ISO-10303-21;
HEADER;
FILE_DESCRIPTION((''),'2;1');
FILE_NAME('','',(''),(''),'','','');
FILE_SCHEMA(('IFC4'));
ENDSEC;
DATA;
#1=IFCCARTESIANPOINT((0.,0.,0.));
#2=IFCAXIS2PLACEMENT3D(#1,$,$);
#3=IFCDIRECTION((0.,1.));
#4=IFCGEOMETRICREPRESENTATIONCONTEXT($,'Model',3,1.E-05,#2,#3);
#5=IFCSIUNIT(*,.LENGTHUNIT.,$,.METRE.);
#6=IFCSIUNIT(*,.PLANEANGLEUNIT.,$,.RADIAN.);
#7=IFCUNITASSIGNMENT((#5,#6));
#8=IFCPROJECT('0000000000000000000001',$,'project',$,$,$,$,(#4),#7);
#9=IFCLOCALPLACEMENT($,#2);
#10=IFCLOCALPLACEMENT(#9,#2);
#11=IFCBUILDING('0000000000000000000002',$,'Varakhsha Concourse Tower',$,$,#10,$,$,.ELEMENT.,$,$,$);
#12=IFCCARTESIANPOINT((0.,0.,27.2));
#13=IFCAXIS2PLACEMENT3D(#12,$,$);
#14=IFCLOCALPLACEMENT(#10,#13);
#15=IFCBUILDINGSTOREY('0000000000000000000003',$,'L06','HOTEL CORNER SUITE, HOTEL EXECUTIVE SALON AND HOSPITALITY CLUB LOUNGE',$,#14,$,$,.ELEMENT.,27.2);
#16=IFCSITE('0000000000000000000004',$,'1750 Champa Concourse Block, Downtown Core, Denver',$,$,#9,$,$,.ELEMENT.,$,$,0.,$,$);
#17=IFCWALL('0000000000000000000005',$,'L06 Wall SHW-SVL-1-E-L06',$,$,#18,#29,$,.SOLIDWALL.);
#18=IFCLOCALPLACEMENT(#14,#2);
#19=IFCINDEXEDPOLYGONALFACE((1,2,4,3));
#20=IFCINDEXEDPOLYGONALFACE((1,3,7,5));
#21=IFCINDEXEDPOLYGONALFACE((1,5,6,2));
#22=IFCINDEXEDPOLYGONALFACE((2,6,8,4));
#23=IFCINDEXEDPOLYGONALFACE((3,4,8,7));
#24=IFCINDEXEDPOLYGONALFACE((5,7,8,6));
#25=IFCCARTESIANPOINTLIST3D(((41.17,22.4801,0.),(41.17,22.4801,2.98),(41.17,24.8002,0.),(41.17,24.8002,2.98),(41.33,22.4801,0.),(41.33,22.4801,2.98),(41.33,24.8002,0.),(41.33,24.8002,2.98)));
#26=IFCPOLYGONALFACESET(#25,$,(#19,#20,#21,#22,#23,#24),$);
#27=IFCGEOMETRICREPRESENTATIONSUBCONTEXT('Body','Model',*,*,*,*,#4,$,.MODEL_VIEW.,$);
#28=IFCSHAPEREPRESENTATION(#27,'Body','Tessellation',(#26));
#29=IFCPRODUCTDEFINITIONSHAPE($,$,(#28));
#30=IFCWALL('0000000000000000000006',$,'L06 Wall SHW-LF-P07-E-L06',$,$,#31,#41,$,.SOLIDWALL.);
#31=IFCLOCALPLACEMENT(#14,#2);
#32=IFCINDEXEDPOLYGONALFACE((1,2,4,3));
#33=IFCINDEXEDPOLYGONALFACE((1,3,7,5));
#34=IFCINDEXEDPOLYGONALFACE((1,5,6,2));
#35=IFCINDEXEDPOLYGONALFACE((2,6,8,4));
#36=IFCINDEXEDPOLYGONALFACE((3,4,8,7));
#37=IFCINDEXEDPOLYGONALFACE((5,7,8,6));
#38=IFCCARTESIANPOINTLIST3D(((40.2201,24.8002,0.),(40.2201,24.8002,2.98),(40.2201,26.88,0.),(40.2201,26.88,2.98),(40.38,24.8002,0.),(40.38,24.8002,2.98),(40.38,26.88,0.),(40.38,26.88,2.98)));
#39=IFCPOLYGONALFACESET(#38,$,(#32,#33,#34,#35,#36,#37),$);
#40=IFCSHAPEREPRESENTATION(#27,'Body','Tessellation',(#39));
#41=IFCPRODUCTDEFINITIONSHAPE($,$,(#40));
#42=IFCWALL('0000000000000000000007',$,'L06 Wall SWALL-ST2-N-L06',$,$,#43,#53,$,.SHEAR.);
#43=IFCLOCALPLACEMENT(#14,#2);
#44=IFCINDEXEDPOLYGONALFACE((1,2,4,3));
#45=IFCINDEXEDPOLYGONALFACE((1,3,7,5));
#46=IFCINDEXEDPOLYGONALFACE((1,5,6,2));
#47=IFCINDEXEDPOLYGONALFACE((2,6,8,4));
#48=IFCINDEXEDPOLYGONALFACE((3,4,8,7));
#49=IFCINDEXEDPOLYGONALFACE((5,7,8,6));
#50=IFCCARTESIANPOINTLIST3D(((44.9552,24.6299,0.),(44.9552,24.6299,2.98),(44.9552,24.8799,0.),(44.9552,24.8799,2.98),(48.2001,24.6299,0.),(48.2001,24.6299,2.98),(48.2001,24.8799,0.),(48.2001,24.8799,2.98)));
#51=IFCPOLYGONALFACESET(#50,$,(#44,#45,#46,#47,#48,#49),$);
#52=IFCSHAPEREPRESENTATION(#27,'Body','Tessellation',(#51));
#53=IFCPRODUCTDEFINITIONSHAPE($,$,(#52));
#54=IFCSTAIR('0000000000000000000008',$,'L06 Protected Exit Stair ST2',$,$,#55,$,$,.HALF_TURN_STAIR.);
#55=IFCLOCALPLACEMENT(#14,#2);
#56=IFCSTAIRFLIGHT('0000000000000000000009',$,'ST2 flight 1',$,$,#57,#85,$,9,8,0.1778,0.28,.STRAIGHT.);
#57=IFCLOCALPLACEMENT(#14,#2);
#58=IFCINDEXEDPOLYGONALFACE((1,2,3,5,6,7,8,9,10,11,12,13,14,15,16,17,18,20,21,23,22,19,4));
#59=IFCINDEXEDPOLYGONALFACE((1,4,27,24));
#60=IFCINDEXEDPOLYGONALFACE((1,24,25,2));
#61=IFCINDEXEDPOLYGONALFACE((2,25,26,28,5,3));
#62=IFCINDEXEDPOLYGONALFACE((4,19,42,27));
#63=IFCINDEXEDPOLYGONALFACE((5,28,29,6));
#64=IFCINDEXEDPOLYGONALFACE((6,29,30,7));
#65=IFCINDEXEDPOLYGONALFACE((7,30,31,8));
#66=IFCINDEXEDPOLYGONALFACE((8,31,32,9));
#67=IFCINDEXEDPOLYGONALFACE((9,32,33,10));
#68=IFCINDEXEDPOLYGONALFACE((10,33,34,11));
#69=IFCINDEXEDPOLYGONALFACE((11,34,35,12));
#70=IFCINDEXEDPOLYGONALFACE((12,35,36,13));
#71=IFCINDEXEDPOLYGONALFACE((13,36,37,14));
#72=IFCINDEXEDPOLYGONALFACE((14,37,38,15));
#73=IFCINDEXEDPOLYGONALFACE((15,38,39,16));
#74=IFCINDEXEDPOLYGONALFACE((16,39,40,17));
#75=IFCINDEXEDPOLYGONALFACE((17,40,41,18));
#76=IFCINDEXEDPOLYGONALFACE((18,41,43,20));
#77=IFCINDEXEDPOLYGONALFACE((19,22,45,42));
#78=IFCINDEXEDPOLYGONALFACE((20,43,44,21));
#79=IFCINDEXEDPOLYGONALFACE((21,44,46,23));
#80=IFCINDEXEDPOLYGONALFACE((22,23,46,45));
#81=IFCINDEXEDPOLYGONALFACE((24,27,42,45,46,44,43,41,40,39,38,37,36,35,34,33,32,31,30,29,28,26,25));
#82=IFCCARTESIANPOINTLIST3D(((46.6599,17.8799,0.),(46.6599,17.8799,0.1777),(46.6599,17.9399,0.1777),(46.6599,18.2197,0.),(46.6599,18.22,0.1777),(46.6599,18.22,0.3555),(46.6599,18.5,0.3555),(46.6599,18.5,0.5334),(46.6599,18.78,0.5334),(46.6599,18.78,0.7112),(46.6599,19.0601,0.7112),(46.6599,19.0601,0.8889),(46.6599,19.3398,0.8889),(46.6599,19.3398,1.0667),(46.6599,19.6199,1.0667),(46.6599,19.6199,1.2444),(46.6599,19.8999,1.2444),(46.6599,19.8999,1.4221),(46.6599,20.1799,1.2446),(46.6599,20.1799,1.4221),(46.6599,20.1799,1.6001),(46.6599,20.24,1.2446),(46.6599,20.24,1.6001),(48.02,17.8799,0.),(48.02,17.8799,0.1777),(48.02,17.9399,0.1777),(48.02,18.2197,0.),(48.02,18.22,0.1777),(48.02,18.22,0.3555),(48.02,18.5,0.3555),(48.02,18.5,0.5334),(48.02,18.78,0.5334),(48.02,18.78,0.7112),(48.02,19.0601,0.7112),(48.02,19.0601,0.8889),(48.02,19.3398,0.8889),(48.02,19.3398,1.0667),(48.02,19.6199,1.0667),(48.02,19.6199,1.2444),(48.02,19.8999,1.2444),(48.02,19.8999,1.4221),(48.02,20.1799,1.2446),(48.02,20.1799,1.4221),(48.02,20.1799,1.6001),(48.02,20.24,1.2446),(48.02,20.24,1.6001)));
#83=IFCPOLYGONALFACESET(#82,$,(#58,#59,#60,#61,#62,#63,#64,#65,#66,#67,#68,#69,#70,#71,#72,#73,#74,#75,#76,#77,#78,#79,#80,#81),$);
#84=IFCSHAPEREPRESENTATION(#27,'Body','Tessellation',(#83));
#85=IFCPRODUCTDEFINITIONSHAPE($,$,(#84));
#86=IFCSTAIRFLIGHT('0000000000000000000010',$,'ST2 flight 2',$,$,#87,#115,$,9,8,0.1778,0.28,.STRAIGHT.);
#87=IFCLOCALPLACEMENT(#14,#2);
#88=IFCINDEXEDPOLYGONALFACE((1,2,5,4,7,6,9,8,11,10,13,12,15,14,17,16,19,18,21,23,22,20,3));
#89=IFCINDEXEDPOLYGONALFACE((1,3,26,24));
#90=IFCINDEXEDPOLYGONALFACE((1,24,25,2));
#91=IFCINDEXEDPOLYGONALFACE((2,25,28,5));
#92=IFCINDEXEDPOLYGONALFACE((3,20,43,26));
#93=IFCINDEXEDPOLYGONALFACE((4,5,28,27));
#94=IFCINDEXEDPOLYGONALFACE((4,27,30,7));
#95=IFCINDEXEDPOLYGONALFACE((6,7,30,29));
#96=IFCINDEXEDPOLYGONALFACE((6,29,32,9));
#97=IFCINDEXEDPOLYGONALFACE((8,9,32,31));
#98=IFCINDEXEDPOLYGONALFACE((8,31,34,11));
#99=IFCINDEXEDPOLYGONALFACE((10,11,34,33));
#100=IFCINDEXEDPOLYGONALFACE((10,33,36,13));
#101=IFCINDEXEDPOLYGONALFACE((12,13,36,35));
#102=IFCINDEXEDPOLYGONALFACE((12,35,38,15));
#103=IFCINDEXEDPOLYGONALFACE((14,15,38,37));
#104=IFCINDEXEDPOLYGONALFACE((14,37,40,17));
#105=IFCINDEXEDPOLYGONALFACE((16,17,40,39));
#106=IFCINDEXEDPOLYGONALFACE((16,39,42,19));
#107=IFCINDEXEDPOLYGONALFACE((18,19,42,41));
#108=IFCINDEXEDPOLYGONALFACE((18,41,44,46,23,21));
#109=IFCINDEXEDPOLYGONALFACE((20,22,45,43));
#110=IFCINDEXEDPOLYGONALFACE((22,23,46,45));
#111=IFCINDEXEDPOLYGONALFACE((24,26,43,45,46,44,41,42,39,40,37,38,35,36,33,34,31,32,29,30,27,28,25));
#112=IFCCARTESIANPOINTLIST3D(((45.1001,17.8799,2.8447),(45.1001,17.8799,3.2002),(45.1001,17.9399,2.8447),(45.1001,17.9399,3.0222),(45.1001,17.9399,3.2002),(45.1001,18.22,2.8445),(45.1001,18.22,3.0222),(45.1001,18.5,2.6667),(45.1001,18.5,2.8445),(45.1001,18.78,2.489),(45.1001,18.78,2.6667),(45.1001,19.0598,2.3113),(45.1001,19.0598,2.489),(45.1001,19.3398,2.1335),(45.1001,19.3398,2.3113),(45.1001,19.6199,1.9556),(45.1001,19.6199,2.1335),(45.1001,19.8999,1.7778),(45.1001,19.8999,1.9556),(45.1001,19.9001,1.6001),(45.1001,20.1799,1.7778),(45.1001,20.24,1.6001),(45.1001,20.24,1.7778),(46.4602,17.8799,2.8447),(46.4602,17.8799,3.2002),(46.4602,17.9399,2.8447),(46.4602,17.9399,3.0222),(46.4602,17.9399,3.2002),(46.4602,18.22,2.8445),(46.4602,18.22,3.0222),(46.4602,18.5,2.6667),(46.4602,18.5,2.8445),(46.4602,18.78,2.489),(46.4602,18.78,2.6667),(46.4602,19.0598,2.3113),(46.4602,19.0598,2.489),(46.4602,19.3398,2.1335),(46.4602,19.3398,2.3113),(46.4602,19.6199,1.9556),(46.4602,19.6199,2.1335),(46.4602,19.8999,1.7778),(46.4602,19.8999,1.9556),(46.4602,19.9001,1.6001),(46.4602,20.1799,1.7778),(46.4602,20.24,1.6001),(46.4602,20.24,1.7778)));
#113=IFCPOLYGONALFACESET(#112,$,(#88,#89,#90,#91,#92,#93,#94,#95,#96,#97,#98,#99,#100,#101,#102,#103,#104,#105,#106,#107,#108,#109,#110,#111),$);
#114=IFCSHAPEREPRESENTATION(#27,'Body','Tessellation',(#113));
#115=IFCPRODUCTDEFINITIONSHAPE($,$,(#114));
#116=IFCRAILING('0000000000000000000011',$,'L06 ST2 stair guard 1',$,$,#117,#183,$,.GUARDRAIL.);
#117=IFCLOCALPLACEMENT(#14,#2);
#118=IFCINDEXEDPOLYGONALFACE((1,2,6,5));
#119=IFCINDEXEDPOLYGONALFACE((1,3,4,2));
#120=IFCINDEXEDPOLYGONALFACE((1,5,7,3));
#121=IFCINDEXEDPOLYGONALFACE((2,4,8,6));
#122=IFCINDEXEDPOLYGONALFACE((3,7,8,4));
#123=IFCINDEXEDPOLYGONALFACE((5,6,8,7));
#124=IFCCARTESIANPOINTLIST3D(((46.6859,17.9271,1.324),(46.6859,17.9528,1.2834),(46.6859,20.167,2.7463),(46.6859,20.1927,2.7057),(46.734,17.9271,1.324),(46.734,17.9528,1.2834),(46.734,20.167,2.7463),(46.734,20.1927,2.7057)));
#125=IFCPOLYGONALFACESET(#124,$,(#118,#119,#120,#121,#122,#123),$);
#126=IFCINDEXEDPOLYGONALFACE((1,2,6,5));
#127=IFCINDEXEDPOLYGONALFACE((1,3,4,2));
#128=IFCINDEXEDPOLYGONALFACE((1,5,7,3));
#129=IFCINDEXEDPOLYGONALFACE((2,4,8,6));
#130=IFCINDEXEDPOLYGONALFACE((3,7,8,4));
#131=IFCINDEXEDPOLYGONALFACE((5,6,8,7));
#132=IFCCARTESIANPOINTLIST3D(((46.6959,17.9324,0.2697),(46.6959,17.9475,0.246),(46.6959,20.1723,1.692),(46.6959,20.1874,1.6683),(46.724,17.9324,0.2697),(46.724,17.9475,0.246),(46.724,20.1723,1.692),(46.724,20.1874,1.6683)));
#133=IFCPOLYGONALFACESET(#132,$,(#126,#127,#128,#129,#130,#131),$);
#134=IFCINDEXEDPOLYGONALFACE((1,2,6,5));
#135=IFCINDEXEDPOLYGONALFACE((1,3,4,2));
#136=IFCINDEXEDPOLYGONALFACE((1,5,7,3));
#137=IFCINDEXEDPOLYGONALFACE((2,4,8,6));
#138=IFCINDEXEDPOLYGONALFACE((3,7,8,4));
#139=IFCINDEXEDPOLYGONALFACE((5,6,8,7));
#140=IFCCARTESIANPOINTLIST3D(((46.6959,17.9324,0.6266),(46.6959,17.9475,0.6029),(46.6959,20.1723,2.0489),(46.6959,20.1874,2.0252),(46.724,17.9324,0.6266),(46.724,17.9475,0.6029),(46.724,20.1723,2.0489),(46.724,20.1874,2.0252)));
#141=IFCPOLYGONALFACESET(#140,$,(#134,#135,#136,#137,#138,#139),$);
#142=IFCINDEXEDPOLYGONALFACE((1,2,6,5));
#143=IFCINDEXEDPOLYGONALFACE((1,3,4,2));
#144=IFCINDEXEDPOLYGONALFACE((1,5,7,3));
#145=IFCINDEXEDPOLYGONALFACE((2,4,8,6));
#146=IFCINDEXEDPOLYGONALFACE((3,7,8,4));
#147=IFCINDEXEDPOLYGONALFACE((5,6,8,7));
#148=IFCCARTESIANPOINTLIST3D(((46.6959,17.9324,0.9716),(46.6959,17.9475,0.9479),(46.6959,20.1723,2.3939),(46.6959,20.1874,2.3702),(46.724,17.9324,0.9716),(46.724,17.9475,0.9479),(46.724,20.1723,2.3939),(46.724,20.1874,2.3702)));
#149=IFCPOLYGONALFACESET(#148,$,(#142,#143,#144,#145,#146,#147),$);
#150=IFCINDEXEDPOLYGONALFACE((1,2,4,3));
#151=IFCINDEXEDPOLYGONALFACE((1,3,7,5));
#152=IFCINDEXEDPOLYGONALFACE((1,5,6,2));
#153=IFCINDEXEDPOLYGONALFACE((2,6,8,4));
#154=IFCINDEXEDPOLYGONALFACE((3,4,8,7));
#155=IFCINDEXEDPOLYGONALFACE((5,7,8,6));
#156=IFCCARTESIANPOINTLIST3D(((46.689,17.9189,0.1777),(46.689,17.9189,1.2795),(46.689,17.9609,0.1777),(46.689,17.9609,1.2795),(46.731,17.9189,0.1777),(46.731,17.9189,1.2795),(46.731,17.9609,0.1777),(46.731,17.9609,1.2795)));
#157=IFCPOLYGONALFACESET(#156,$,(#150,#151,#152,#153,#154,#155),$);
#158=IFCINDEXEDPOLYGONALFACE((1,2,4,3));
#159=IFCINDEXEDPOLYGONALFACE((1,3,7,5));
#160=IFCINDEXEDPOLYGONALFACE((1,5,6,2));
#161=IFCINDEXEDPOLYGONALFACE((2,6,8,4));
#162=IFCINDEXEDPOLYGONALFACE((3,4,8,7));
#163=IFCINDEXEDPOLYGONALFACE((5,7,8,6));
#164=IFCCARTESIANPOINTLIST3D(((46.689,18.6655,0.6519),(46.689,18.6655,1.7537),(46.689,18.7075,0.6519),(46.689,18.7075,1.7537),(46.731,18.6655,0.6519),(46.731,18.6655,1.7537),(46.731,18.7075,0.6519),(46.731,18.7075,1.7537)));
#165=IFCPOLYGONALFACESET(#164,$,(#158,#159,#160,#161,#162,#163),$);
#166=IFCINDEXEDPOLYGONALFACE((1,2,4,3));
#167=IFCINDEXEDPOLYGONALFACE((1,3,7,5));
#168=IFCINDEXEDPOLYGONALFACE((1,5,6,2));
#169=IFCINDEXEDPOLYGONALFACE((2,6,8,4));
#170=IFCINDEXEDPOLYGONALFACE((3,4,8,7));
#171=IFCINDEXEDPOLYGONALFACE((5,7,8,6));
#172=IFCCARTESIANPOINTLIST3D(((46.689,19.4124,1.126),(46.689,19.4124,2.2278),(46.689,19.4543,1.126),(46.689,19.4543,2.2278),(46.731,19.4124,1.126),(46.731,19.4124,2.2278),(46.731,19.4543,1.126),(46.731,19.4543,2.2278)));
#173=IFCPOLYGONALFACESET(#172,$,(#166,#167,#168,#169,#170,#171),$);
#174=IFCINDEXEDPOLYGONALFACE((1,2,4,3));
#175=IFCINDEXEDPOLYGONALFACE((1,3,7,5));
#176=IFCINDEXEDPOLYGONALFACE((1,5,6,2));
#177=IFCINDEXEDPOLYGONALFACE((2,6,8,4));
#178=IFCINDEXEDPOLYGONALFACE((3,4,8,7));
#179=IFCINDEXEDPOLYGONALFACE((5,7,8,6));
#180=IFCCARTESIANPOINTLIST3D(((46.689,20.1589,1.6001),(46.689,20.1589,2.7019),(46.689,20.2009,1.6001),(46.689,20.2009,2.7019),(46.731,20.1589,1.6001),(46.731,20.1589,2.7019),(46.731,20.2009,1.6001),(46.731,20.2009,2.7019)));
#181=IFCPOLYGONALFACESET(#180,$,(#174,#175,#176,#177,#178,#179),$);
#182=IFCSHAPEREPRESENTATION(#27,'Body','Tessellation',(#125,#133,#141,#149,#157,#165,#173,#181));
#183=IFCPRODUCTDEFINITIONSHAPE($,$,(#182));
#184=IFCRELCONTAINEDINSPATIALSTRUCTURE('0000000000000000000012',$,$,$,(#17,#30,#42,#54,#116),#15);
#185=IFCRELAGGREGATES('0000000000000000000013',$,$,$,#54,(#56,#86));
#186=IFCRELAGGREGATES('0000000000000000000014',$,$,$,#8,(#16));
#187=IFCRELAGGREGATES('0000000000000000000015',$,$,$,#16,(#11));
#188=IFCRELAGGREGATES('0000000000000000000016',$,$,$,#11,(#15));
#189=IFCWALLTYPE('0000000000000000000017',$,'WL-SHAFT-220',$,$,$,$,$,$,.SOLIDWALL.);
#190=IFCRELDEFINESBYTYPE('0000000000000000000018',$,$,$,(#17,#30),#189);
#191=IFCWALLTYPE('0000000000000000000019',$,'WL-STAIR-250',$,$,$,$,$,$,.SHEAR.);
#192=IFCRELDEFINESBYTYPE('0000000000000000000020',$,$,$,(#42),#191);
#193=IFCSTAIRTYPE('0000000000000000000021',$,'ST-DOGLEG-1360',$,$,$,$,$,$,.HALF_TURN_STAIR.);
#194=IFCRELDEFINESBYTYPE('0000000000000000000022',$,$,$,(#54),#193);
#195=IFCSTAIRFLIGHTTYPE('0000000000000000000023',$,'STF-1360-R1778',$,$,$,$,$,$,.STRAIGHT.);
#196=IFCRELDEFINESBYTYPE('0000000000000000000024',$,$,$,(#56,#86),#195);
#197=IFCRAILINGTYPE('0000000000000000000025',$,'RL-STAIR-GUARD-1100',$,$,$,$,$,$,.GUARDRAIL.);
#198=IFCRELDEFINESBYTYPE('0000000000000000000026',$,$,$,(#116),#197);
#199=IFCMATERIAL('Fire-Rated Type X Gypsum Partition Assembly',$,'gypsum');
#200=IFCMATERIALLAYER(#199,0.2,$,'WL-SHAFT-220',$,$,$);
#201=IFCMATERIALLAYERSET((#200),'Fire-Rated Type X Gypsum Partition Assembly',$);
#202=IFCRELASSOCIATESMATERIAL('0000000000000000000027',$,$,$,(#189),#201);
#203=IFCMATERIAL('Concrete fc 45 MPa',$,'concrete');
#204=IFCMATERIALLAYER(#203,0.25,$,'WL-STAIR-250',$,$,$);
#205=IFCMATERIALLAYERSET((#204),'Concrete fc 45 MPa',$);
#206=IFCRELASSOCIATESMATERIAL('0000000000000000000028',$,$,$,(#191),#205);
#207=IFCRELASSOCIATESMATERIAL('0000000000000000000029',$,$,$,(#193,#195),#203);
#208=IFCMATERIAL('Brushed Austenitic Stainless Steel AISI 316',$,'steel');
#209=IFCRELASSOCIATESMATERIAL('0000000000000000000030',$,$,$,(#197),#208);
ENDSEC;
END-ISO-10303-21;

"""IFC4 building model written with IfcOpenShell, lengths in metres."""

from ifc_helpers import new_model, si_unit, direction, frame, frame_2d, origin, origin_2d, place, context, subcontext, project, spatial, polyline, rectangle, outline, extrude, material, layer, layer_set, type_object, element, aggregate, save


model = new_model("IFC4")

# Units and contexts
model_context = context("Model", 3, precision=1e-05, world=origin(), true_north=direction((0.0, 1.0)))
body_context = subcontext(model_context, "Body", "Model", "MODEL_VIEW")
ifc_project = project(units=[si_unit("LENGTHUNIT", "METRE"), si_unit("PLANEANGLEUNIT", "RADIAN")], contexts=[model_context])

# Site, building, storey
site_placement = place(None, origin())
site = spatial("IfcSite", under=ifc_project, at=site_placement, Name="1750 Champa Concourse Block, Downtown Core, Denver", CompositionType="ELEMENT", RefElevation=0.0)
building_placement = place(site_placement, origin())
building = spatial("IfcBuilding", under=site, at=building_placement, Name="Varakhsha Concourse Tower", CompositionType="ELEMENT")
storey_placement = place(building_placement, frame((0.0, 0.0, 27.2)))
storey = spatial("IfcBuildingStorey", under=building, at=storey_placement, Name="L06", Description="HOTEL CORNER SUITE, HOTEL EXECUTIVE SALON AND HOSPITALITY CLUB LOUNGE", CompositionType="ELEMENT", Elevation=27.2)

# Walls
ifc_material_1 = material(Name="Fire-Rated Type X Gypsum Partition Assembly", Category="gypsum")
ifc_layer_1 = layer(ifc_material_1, 0.2, Name="WL-SHAFT-220")
ifc_layer_set_1 = layer_set([ifc_layer_1], Name="Fire-Rated Type X Gypsum Partition Assembly")
wall_type_1 = type_object("IfcWallType", Name="WL-SHAFT-220", PredefinedType="SOLIDWALL", material=ifc_layer_set_1)
for number, where, z_axis, x_axis, name in (
    (1, (41.25, 22.48, 0.0), (0.0, 0.0, 1.0), (0.0, 1.0, 0.0), "L06 Wall SHW-SVL-1-E-L06"),
):
    element("IfcWall", number, at=place(storey_placement, frame(where, z_axis=z_axis, x_axis=x_axis)), inside=storey, type_object=wall_type_1, Name=name, PredefinedType="SOLIDWALL", context=body_context, shape_type="SweptSolid", body=[
        extrude(rectangle(XDim=2.3201, YDim=0.1599, at=frame_2d((1.1602, 0.0))), origin(), (0.0, 0.0, 1.0), 2.98),
    ])
wall_1_placement = place(storey_placement, frame((40.3, 24.8, 0.0), z_axis=(0.0, 0.0, 1.0), x_axis=(0.0, 1.0, 0.0)))
element("IfcWall", 2, at=wall_1_placement, inside=storey, type_object=wall_type_1, Name="L06 Wall SHW-LF-P07-E-L06", PredefinedType="SOLIDWALL", context=body_context, shape_type="SweptSolid", body=[
    extrude(rectangle(XDim=2.0798, YDim=0.1599, at=frame_2d((1.04, 0.0))), origin(), (0.0, 0.0, 1.0), 2.98),
])
ifc_material_2 = material(Name="Concrete fc 45 MPa", Category="concrete")
ifc_layer_2 = layer(ifc_material_2, 0.25, Name="WL-STAIR-250")
ifc_layer_set_2 = layer_set([ifc_layer_2], Name="Concrete fc 45 MPa")
wall_type_2 = type_object("IfcWallType", Name="WL-STAIR-250", PredefinedType="SHEAR", material=ifc_layer_set_2)
wall_2_placement = place(storey_placement, frame((44.9551, 24.7549, 0.0), z_axis=(0.0, 0.0, 1.0), x_axis=(1.0, 0.0, 0.0)))
element("IfcWall", 3, at=wall_2_placement, inside=storey, type_object=wall_type_2, Name="L06 Wall SWALL-ST2-N-L06", PredefinedType="SHEAR", context=body_context, shape_type="SweptSolid", body=[
    extrude(rectangle(XDim=3.2449, YDim=0.25, at=frame_2d((1.6226, 0.0))), origin(), (0.0, 0.0, 1.0), 2.98),
])

# Stair, stair flights
stair_type = type_object("IfcStairType", Name="ST-DOGLEG-1360", PredefinedType="HALF_TURN_STAIR", material=ifc_material_2)
stair_placement = place(storey_placement, origin())
stair = element("IfcStair", 4, at=stair_placement, inside=storey, type_object=stair_type, Name="L06 Protected Exit Stair ST2", PredefinedType="HALF_TURN_STAIR")
stair_flight_type = type_object("IfcStairFlightType", Name="STF-1360-R1778", PredefinedType="STRAIGHT", material=ifc_material_2)
stair_flight_1_placement = place(storey_placement, frame((47.3401, 17.9399, 0.0), z_axis=(0.0, 0.0, 1.0), x_axis=(0.0, 1.0, 0.0)))
stair_flight_1 = element("IfcStairFlight", 5, at=stair_flight_1_placement, type_object=stair_flight_type, Name="ST2 flight 1", NumberOfRisers=9, NumberOfTreads=8, PredefinedType="STRAIGHT", RiserHeight=0.1778, TreadLength=0.28, context=body_context, shape_type="SweptSolid", body=[
    extrude(outline(polyline([(-0.0601, 0.0), (-0.0601, 0.1777), (0.0, 0.1777), (0.28, 0.1777), (0.28, 0.3555), (0.5601, 0.3555), (0.5601, 0.5334), (0.8401, 0.5334), (0.8401, 0.7112), (1.1201, 0.7112), (1.1201, 0.8889), (1.3999, 0.8889), (1.3999, 1.0667), (1.6799, 1.0667), (1.6799, 1.2444), (1.96, 1.2444), (1.96, 1.4221), (2.24, 1.4221), (2.24, 1.6001), (2.3, 1.6001), (2.3, 1.2446), (2.24, 1.2446), (0.2798, 0.0), (-0.0601, 0.0)])), frame((0.0, 0.6802, 0.0), z_axis=(0.0, -1.0, 0.0), x_axis=(1.0, 0.0, 0.0)), (0.0, 0.0, 1.0), 1.3601),
])
stair_flight_2_placement = place(storey_placement, frame((45.78, 20.1799, 1.6001), z_axis=(0.0, 0.0, 1.0), x_axis=(0.0, -1.0, 0.0)))
stair_flight_2 = element("IfcStairFlight", 6, at=stair_flight_2_placement, type_object=stair_flight_type, Name="ST2 flight 2", NumberOfRisers=9, NumberOfTreads=8, PredefinedType="STRAIGHT", RiserHeight=0.1778, TreadLength=0.28, context=body_context, shape_type="SweptSolid", body=[
    extrude(outline(polyline([(-0.0601, 0.0), (-0.0601, 0.1777), (0.0, 0.1777), (0.28, 0.1777), (0.28, 0.3555), (0.5601, 0.3555), (0.5601, 0.5334), (0.8401, 0.5334), (0.8401, 0.7112), (1.1201, 0.7112), (1.1201, 0.8889), (1.3999, 0.8889), (1.3999, 1.0667), (1.6799, 1.0667), (1.6799, 1.2444), (1.96, 1.2444), (1.96, 1.4221), (2.24, 1.4221), (2.24, 1.6001), (2.3, 1.6001), (2.3, 1.2446), (2.24, 1.2446), (0.2798, 0.0), (-0.0601, 0.0)])), frame((0.0, 0.6802, 0.0), z_axis=(0.0, -1.0, 0.0), x_axis=(1.0, 0.0, 0.0)), (0.0, 0.0, 1.0), 1.3601),
])
aggregate(stair, [stair_flight_1, stair_flight_2])

# Railing
ifc_material_3 = material(Name="Brushed Austenitic Stainless Steel AISI 316", Category="steel")
railing_type_1 = type_object("IfcRailingType", Name="RL-STAIR-GUARD-1100", PredefinedType="GUARDRAIL", material=ifc_material_3)
railing_1_placement = place(storey_placement, frame((46.71, 17.9399, 0.1777)))
element("IfcRailing", 7, at=railing_1_placement, inside=storey, type_object=railing_type_1, Name="L06 ST2 stair guard 1", PredefinedType="GUARDRAIL", context=body_context, shape_type="SweptSolid", body=[
    extrude(rectangle(XDim=0.0481, YDim=0.0481, at=origin_2d()), frame((0.0, 0.0, 1.126), z_axis=(0.0, 0.844188, 0.536048), x_axis=(-1.0, 0.0, 0.0)), (0.0, 0.0, 1.0), 2.6533),
    extrude(rectangle(XDim=0.0281, YDim=0.0281, at=origin_2d()), frame((0.0, 0.0, 0.0801), z_axis=(0.0, 0.844188, 0.536048), x_axis=(-1.0, 0.0, 0.0)), (0.0, 0.0, 1.0), 2.6533),
    extrude(rectangle(XDim=0.0281, YDim=0.0281, at=origin_2d()), frame((0.0, 0.0, 0.437), z_axis=(0.0, 0.844188, 0.536048), x_axis=(-1.0, 0.0, 0.0)), (0.0, 0.0, 1.0), 2.6533),
    extrude(rectangle(XDim=0.0281, YDim=0.0281, at=origin_2d()), frame((0.0, 0.0, 0.782), z_axis=(0.0, 0.844188, 0.536048), x_axis=(-1.0, 0.0, 0.0)), (0.0, 0.0, 1.0), 2.6533),
    extrude(rectangle(XDim=0.042, YDim=0.042, at=origin_2d()), origin(), (0.0, 0.0, 1.0), 1.1018),
    extrude(rectangle(XDim=0.042, YDim=0.042, at=origin_2d()), frame((0.0, 0.7466, 0.4741)), (0.0, 0.0, 1.0), 1.1018),
    extrude(rectangle(XDim=0.042, YDim=0.042, at=origin_2d()), frame((0.0, 1.4934, 0.9482)), (0.0, 0.0, 1.0), 1.1018),
    extrude(rectangle(XDim=0.042, YDim=0.042, at=origin_2d()), frame((0.0, 2.24, 1.4224)), (0.0, 0.0, 1.0), 1.1018),
])

save(model, "model.ifc")
